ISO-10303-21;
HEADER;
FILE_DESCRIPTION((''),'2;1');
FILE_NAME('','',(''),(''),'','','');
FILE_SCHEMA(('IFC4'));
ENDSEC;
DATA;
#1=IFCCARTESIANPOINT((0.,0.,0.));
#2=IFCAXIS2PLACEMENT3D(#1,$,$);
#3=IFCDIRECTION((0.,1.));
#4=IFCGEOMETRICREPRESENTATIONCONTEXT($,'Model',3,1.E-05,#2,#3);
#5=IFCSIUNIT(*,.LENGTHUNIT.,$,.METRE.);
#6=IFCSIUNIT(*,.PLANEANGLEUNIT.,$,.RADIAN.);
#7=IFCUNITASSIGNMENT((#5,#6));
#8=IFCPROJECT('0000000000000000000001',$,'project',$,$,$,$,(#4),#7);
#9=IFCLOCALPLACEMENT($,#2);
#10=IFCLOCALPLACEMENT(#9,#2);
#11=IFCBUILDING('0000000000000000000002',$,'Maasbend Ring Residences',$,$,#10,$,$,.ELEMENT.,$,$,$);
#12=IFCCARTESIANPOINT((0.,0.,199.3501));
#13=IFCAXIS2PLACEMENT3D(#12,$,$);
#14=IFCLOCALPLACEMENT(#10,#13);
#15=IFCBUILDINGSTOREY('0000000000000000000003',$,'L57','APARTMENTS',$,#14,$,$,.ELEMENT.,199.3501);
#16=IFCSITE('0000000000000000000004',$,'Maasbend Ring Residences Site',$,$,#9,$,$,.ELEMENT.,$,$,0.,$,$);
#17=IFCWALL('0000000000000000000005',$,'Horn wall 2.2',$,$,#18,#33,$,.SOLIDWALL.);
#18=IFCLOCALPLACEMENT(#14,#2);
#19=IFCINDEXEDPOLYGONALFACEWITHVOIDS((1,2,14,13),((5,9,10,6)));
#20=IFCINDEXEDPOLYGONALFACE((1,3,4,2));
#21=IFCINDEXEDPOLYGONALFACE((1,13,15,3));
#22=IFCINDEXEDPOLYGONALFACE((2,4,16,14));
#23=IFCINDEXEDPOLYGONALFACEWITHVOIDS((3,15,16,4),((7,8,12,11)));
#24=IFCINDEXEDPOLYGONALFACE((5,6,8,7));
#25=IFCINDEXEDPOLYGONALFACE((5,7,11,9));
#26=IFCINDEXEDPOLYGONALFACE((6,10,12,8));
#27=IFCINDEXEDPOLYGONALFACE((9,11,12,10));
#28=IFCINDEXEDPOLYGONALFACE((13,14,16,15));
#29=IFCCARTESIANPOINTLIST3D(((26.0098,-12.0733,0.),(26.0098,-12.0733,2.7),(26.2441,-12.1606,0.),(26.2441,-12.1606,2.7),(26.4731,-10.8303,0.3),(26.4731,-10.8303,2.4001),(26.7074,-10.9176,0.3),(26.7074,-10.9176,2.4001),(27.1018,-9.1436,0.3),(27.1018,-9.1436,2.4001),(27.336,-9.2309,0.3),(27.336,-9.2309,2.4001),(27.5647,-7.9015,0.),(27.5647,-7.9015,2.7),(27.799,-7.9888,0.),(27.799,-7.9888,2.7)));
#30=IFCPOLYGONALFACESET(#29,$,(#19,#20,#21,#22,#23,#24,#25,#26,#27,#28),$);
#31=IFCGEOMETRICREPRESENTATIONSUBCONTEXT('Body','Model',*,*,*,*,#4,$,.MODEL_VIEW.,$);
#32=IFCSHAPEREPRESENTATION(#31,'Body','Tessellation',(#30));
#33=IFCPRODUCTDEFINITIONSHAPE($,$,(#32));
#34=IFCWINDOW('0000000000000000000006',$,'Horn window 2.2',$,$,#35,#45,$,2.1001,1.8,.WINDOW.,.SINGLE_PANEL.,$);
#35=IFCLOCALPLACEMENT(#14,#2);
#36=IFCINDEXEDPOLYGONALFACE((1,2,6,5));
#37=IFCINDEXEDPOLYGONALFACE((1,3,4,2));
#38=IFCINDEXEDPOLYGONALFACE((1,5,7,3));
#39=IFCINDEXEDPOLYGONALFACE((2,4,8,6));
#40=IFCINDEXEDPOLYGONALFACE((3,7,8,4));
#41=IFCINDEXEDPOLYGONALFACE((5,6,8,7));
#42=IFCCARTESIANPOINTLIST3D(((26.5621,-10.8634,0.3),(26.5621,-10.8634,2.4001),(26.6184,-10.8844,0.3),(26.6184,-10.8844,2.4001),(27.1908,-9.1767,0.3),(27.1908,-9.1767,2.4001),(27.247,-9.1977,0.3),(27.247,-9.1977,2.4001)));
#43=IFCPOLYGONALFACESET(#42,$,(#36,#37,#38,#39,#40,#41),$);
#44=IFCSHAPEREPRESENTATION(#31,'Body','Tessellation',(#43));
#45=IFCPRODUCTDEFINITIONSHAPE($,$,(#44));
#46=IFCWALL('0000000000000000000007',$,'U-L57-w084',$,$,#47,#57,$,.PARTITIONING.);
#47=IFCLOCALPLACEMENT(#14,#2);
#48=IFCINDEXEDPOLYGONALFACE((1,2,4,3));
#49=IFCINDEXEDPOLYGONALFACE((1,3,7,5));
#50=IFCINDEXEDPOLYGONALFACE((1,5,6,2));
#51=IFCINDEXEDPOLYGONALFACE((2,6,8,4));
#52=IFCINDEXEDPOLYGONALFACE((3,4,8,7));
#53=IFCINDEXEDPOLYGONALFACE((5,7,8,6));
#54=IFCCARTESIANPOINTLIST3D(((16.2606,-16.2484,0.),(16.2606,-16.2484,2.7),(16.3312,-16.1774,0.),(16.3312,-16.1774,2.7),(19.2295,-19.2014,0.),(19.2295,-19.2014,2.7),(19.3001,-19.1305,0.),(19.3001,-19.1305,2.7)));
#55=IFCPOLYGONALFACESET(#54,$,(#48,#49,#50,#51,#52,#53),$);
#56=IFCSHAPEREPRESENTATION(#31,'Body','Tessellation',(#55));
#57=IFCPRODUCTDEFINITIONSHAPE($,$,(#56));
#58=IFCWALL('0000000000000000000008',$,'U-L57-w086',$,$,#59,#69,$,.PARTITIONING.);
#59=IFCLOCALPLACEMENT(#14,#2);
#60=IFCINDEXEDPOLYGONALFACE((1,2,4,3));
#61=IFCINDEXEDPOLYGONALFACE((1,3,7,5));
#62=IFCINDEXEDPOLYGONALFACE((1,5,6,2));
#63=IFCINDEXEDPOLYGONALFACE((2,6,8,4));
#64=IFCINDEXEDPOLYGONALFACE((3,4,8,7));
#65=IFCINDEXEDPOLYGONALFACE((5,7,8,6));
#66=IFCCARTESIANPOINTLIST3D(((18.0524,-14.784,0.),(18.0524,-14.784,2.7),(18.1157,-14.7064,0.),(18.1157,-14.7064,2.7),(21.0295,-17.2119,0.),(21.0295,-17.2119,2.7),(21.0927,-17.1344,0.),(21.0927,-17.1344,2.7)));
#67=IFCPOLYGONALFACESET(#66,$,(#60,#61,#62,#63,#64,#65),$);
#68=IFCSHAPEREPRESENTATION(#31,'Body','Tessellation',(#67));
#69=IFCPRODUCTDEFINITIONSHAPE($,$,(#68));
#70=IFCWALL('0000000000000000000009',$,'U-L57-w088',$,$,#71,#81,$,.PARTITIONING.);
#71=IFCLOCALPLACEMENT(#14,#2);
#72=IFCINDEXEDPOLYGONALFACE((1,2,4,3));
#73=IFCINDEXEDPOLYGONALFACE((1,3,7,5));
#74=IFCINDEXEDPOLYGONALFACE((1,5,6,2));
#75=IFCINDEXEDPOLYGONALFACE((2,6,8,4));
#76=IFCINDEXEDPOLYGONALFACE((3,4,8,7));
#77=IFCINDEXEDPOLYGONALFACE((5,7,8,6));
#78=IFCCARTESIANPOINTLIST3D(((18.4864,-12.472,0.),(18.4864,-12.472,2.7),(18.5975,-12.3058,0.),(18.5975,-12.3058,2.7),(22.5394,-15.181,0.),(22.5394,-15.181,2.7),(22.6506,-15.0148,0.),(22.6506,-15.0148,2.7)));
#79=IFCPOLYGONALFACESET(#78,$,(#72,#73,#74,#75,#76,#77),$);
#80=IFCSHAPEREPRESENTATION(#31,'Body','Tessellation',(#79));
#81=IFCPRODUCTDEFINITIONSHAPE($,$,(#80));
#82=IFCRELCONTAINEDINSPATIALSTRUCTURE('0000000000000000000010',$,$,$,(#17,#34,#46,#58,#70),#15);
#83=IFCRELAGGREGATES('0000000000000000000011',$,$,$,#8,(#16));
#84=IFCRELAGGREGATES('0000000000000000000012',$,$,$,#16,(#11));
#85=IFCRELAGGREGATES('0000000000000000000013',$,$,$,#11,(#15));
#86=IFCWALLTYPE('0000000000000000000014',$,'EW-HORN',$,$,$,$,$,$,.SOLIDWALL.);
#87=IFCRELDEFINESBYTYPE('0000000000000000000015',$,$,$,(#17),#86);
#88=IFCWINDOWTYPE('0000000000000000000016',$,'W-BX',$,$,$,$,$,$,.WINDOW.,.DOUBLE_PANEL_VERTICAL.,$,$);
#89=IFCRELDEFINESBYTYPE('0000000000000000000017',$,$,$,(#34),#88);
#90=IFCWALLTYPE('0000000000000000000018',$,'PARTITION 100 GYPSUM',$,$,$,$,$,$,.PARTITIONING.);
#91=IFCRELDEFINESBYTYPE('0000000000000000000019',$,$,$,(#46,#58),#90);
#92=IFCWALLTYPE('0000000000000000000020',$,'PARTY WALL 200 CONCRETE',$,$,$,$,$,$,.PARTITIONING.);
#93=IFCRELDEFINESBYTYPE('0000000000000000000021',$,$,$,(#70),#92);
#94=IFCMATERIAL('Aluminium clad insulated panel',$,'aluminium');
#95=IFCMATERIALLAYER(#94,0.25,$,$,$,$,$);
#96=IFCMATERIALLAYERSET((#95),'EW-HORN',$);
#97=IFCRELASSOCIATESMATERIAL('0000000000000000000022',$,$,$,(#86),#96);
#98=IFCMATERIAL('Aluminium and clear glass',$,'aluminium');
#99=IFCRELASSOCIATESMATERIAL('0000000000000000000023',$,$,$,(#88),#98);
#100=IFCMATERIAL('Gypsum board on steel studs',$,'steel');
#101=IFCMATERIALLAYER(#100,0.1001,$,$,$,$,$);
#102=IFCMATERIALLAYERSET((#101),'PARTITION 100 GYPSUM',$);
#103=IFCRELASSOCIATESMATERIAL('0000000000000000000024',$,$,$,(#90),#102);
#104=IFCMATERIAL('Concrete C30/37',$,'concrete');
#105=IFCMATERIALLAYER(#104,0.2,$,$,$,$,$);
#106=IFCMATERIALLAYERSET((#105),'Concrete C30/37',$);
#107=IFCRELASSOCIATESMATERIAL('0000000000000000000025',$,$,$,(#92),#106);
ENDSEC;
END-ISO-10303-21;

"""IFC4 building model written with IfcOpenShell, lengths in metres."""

from ifc_helpers import new_model, si_unit, direction, frame, frame_2d, origin, place, context, subcontext, project, spatial, rectangle, extrude, material, layer, layer_set, type_object, element, fill, save


model = new_model("IFC4")

# Units and contexts
model_context = context("Model", 3, precision=1e-05, world=origin(), true_north=direction((0.0, 1.0)))
body_context = subcontext(model_context, "Body", "Model", "MODEL_VIEW")
ifc_project = project(units=[si_unit("LENGTHUNIT", "METRE"), si_unit("PLANEANGLEUNIT", "RADIAN")], contexts=[model_context])

# Site, building, storey
site_placement = place(None, origin())
site = spatial("IfcSite", under=ifc_project, at=site_placement, Name="Maasbend Ring Residences Site", CompositionType="ELEMENT", RefElevation=0.0)
building_placement = place(site_placement, origin())
building = spatial("IfcBuilding", under=site, at=building_placement, Name="Maasbend Ring Residences", CompositionType="ELEMENT")
storey_placement = place(building_placement, frame((0.0, 0.0, 199.3501)))
storey = spatial("IfcBuildingStorey", under=building, at=storey_placement, Name="L57", Description="APARTMENTS", CompositionType="ELEMENT", Elevation=199.3501)

# Wall, opening, window
ifc_material_1 = material(Name="Aluminium clad insulated panel", Category="aluminium")
ifc_layer_1 = layer(ifc_material_1, 0.25)
ifc_layer_set_1 = layer_set([ifc_layer_1], Name="EW-HORN")
wall_type_1 = type_object("IfcWallType", Name="EW-HORN", PredefinedType="SOLIDWALL", material=ifc_layer_set_1)
ifc_material_2 = material(Name="Aluminium and clear glass", Category="aluminium")
window_type = type_object("IfcWindowType", Name="W-BX", PartitioningType="DOUBLE_PANEL_VERTICAL", PredefinedType="WINDOW", material=ifc_material_2)
wall_1_placement = place(storey_placement, frame((26.127, -12.1169, 0.0), z_axis=(0.0, 0.0, 1.0), x_axis=(0.349248, 0.93703, 0.0)))
wall_1 = element("IfcWall", 1, at=wall_1_placement, inside=storey, type_object=wall_type_1, Name="Horn wall 2.2", PredefinedType="SOLIDWALL", context=body_context, shape_type="SweptSolid", body=[
    extrude(rectangle(XDim=4.4521, YDim=0.25, at=frame_2d((2.2261, 0.0))), origin(), (0.0, 0.0, 1.0), 2.7),
])
opening_1_placement = place(wall_1_placement, frame((1.3267, 0.0, 0.3)))
opening_1 = element("IfcOpeningElement", 2, at=opening_1_placement, cuts=wall_1, PredefinedType="OPENING", context=body_context, shape_type="SweptSolid", body=[
    extrude(rectangle(XDim=1.8, YDim=2.1001, at=frame_2d((0.8999, 1.05))), frame((0.0, 0.135, 0.0), z_axis=(0.0, -1.0, 0.0), x_axis=(1.0, 0.0, 0.0)), (0.0, 0.0, 1.0), 0.27),
])
window_1_placement = place(opening_1_placement, origin())
window_1 = element("IfcWindow", 3, at=window_1_placement, inside=storey, type_object=window_type, Name="Horn window 2.2", OverallHeight=2.1001, OverallWidth=1.8, PartitioningType="SINGLE_PANEL", PredefinedType="WINDOW", context=body_context, shape_type="SweptSolid", body=[
    extrude(rectangle(XDim=1.8, YDim=2.1001, at=frame_2d((0.8999, 1.05))), frame((0.0, 0.03, 0.0), z_axis=(0.0, -1.0, 0.0), x_axis=(1.0, 0.0, 0.0)), (0.0, 0.0, 1.0), 0.0601),
])
fill(opening_1, window_1)

# Walls
ifc_material_3 = material(Name="Gypsum board on steel studs", Category="steel")
ifc_layer_2 = layer(ifc_material_3, 0.1001)
ifc_layer_set_2 = layer_set([ifc_layer_2], Name="PARTITION 100 GYPSUM")
wall_type_2 = type_object("IfcWallType", Name="PARTITION 100 GYPSUM", PredefinedType="PARTITIONING", material=ifc_layer_set_2)
wall_2_placement = place(storey_placement, frame((16.2959, -16.2129, 0.0), z_axis=(0.0, 0.0, 1.0), x_axis=(0.708999, -0.705209, 0.0)))
element("IfcWall", 4, at=wall_2_placement, inside=storey, type_object=wall_type_2, Name="U-L57-w084", PredefinedType="PARTITIONING", context=body_context, shape_type="SweptSolid", body=[
    extrude(rectangle(XDim=4.1875, YDim=0.1001, at=frame_2d((2.0938, 0.0))), origin(), (0.0, 0.0, 1.0), 2.7),
])
wall_3_placement = place(storey_placement, frame((18.084, -14.7451, 0.0), z_axis=(0.0, 0.0, 1.0), x_axis=(0.77495, -0.632022, 0.0)))
element("IfcWall", 5, at=wall_3_placement, inside=storey, type_object=wall_type_2, Name="U-L57-w086", PredefinedType="PARTITIONING", context=body_context, shape_type="SweptSolid", body=[
    extrude(rectangle(XDim=3.8416, YDim=0.1001, at=frame_2d((1.9209, 0.0))), origin(), (0.0, 0.0, 1.0), 2.7),
])
ifc_material_4 = material(Name="Concrete C30/37", Category="concrete")
ifc_layer_3 = layer(ifc_material_4, 0.2)
ifc_layer_set_3 = layer_set([ifc_layer_3], Name="Concrete C30/37")
wall_type_3 = type_object("IfcWallType", Name="PARTY WALL 200 CONCRETE", PredefinedType="PARTITIONING", material=ifc_layer_set_3)
wall_4_placement = place(storey_placement, frame((18.542, -12.3889, 0.0), z_axis=(0.0, 0.0, 1.0), x_axis=(0.831387, -0.555694, 0.0)))
element("IfcWall", 6, at=wall_4_placement, inside=storey, type_object=wall_type_3, Name="U-L57-w088", PredefinedType="PARTITIONING", context=body_context, shape_type="SweptSolid", body=[
    extrude(rectangle(XDim=4.875, YDim=0.2, at=frame_2d((2.4375, 0.0))), origin(), (0.0, 0.0, 1.0), 2.7),
])

save(model, "model.ifc")
